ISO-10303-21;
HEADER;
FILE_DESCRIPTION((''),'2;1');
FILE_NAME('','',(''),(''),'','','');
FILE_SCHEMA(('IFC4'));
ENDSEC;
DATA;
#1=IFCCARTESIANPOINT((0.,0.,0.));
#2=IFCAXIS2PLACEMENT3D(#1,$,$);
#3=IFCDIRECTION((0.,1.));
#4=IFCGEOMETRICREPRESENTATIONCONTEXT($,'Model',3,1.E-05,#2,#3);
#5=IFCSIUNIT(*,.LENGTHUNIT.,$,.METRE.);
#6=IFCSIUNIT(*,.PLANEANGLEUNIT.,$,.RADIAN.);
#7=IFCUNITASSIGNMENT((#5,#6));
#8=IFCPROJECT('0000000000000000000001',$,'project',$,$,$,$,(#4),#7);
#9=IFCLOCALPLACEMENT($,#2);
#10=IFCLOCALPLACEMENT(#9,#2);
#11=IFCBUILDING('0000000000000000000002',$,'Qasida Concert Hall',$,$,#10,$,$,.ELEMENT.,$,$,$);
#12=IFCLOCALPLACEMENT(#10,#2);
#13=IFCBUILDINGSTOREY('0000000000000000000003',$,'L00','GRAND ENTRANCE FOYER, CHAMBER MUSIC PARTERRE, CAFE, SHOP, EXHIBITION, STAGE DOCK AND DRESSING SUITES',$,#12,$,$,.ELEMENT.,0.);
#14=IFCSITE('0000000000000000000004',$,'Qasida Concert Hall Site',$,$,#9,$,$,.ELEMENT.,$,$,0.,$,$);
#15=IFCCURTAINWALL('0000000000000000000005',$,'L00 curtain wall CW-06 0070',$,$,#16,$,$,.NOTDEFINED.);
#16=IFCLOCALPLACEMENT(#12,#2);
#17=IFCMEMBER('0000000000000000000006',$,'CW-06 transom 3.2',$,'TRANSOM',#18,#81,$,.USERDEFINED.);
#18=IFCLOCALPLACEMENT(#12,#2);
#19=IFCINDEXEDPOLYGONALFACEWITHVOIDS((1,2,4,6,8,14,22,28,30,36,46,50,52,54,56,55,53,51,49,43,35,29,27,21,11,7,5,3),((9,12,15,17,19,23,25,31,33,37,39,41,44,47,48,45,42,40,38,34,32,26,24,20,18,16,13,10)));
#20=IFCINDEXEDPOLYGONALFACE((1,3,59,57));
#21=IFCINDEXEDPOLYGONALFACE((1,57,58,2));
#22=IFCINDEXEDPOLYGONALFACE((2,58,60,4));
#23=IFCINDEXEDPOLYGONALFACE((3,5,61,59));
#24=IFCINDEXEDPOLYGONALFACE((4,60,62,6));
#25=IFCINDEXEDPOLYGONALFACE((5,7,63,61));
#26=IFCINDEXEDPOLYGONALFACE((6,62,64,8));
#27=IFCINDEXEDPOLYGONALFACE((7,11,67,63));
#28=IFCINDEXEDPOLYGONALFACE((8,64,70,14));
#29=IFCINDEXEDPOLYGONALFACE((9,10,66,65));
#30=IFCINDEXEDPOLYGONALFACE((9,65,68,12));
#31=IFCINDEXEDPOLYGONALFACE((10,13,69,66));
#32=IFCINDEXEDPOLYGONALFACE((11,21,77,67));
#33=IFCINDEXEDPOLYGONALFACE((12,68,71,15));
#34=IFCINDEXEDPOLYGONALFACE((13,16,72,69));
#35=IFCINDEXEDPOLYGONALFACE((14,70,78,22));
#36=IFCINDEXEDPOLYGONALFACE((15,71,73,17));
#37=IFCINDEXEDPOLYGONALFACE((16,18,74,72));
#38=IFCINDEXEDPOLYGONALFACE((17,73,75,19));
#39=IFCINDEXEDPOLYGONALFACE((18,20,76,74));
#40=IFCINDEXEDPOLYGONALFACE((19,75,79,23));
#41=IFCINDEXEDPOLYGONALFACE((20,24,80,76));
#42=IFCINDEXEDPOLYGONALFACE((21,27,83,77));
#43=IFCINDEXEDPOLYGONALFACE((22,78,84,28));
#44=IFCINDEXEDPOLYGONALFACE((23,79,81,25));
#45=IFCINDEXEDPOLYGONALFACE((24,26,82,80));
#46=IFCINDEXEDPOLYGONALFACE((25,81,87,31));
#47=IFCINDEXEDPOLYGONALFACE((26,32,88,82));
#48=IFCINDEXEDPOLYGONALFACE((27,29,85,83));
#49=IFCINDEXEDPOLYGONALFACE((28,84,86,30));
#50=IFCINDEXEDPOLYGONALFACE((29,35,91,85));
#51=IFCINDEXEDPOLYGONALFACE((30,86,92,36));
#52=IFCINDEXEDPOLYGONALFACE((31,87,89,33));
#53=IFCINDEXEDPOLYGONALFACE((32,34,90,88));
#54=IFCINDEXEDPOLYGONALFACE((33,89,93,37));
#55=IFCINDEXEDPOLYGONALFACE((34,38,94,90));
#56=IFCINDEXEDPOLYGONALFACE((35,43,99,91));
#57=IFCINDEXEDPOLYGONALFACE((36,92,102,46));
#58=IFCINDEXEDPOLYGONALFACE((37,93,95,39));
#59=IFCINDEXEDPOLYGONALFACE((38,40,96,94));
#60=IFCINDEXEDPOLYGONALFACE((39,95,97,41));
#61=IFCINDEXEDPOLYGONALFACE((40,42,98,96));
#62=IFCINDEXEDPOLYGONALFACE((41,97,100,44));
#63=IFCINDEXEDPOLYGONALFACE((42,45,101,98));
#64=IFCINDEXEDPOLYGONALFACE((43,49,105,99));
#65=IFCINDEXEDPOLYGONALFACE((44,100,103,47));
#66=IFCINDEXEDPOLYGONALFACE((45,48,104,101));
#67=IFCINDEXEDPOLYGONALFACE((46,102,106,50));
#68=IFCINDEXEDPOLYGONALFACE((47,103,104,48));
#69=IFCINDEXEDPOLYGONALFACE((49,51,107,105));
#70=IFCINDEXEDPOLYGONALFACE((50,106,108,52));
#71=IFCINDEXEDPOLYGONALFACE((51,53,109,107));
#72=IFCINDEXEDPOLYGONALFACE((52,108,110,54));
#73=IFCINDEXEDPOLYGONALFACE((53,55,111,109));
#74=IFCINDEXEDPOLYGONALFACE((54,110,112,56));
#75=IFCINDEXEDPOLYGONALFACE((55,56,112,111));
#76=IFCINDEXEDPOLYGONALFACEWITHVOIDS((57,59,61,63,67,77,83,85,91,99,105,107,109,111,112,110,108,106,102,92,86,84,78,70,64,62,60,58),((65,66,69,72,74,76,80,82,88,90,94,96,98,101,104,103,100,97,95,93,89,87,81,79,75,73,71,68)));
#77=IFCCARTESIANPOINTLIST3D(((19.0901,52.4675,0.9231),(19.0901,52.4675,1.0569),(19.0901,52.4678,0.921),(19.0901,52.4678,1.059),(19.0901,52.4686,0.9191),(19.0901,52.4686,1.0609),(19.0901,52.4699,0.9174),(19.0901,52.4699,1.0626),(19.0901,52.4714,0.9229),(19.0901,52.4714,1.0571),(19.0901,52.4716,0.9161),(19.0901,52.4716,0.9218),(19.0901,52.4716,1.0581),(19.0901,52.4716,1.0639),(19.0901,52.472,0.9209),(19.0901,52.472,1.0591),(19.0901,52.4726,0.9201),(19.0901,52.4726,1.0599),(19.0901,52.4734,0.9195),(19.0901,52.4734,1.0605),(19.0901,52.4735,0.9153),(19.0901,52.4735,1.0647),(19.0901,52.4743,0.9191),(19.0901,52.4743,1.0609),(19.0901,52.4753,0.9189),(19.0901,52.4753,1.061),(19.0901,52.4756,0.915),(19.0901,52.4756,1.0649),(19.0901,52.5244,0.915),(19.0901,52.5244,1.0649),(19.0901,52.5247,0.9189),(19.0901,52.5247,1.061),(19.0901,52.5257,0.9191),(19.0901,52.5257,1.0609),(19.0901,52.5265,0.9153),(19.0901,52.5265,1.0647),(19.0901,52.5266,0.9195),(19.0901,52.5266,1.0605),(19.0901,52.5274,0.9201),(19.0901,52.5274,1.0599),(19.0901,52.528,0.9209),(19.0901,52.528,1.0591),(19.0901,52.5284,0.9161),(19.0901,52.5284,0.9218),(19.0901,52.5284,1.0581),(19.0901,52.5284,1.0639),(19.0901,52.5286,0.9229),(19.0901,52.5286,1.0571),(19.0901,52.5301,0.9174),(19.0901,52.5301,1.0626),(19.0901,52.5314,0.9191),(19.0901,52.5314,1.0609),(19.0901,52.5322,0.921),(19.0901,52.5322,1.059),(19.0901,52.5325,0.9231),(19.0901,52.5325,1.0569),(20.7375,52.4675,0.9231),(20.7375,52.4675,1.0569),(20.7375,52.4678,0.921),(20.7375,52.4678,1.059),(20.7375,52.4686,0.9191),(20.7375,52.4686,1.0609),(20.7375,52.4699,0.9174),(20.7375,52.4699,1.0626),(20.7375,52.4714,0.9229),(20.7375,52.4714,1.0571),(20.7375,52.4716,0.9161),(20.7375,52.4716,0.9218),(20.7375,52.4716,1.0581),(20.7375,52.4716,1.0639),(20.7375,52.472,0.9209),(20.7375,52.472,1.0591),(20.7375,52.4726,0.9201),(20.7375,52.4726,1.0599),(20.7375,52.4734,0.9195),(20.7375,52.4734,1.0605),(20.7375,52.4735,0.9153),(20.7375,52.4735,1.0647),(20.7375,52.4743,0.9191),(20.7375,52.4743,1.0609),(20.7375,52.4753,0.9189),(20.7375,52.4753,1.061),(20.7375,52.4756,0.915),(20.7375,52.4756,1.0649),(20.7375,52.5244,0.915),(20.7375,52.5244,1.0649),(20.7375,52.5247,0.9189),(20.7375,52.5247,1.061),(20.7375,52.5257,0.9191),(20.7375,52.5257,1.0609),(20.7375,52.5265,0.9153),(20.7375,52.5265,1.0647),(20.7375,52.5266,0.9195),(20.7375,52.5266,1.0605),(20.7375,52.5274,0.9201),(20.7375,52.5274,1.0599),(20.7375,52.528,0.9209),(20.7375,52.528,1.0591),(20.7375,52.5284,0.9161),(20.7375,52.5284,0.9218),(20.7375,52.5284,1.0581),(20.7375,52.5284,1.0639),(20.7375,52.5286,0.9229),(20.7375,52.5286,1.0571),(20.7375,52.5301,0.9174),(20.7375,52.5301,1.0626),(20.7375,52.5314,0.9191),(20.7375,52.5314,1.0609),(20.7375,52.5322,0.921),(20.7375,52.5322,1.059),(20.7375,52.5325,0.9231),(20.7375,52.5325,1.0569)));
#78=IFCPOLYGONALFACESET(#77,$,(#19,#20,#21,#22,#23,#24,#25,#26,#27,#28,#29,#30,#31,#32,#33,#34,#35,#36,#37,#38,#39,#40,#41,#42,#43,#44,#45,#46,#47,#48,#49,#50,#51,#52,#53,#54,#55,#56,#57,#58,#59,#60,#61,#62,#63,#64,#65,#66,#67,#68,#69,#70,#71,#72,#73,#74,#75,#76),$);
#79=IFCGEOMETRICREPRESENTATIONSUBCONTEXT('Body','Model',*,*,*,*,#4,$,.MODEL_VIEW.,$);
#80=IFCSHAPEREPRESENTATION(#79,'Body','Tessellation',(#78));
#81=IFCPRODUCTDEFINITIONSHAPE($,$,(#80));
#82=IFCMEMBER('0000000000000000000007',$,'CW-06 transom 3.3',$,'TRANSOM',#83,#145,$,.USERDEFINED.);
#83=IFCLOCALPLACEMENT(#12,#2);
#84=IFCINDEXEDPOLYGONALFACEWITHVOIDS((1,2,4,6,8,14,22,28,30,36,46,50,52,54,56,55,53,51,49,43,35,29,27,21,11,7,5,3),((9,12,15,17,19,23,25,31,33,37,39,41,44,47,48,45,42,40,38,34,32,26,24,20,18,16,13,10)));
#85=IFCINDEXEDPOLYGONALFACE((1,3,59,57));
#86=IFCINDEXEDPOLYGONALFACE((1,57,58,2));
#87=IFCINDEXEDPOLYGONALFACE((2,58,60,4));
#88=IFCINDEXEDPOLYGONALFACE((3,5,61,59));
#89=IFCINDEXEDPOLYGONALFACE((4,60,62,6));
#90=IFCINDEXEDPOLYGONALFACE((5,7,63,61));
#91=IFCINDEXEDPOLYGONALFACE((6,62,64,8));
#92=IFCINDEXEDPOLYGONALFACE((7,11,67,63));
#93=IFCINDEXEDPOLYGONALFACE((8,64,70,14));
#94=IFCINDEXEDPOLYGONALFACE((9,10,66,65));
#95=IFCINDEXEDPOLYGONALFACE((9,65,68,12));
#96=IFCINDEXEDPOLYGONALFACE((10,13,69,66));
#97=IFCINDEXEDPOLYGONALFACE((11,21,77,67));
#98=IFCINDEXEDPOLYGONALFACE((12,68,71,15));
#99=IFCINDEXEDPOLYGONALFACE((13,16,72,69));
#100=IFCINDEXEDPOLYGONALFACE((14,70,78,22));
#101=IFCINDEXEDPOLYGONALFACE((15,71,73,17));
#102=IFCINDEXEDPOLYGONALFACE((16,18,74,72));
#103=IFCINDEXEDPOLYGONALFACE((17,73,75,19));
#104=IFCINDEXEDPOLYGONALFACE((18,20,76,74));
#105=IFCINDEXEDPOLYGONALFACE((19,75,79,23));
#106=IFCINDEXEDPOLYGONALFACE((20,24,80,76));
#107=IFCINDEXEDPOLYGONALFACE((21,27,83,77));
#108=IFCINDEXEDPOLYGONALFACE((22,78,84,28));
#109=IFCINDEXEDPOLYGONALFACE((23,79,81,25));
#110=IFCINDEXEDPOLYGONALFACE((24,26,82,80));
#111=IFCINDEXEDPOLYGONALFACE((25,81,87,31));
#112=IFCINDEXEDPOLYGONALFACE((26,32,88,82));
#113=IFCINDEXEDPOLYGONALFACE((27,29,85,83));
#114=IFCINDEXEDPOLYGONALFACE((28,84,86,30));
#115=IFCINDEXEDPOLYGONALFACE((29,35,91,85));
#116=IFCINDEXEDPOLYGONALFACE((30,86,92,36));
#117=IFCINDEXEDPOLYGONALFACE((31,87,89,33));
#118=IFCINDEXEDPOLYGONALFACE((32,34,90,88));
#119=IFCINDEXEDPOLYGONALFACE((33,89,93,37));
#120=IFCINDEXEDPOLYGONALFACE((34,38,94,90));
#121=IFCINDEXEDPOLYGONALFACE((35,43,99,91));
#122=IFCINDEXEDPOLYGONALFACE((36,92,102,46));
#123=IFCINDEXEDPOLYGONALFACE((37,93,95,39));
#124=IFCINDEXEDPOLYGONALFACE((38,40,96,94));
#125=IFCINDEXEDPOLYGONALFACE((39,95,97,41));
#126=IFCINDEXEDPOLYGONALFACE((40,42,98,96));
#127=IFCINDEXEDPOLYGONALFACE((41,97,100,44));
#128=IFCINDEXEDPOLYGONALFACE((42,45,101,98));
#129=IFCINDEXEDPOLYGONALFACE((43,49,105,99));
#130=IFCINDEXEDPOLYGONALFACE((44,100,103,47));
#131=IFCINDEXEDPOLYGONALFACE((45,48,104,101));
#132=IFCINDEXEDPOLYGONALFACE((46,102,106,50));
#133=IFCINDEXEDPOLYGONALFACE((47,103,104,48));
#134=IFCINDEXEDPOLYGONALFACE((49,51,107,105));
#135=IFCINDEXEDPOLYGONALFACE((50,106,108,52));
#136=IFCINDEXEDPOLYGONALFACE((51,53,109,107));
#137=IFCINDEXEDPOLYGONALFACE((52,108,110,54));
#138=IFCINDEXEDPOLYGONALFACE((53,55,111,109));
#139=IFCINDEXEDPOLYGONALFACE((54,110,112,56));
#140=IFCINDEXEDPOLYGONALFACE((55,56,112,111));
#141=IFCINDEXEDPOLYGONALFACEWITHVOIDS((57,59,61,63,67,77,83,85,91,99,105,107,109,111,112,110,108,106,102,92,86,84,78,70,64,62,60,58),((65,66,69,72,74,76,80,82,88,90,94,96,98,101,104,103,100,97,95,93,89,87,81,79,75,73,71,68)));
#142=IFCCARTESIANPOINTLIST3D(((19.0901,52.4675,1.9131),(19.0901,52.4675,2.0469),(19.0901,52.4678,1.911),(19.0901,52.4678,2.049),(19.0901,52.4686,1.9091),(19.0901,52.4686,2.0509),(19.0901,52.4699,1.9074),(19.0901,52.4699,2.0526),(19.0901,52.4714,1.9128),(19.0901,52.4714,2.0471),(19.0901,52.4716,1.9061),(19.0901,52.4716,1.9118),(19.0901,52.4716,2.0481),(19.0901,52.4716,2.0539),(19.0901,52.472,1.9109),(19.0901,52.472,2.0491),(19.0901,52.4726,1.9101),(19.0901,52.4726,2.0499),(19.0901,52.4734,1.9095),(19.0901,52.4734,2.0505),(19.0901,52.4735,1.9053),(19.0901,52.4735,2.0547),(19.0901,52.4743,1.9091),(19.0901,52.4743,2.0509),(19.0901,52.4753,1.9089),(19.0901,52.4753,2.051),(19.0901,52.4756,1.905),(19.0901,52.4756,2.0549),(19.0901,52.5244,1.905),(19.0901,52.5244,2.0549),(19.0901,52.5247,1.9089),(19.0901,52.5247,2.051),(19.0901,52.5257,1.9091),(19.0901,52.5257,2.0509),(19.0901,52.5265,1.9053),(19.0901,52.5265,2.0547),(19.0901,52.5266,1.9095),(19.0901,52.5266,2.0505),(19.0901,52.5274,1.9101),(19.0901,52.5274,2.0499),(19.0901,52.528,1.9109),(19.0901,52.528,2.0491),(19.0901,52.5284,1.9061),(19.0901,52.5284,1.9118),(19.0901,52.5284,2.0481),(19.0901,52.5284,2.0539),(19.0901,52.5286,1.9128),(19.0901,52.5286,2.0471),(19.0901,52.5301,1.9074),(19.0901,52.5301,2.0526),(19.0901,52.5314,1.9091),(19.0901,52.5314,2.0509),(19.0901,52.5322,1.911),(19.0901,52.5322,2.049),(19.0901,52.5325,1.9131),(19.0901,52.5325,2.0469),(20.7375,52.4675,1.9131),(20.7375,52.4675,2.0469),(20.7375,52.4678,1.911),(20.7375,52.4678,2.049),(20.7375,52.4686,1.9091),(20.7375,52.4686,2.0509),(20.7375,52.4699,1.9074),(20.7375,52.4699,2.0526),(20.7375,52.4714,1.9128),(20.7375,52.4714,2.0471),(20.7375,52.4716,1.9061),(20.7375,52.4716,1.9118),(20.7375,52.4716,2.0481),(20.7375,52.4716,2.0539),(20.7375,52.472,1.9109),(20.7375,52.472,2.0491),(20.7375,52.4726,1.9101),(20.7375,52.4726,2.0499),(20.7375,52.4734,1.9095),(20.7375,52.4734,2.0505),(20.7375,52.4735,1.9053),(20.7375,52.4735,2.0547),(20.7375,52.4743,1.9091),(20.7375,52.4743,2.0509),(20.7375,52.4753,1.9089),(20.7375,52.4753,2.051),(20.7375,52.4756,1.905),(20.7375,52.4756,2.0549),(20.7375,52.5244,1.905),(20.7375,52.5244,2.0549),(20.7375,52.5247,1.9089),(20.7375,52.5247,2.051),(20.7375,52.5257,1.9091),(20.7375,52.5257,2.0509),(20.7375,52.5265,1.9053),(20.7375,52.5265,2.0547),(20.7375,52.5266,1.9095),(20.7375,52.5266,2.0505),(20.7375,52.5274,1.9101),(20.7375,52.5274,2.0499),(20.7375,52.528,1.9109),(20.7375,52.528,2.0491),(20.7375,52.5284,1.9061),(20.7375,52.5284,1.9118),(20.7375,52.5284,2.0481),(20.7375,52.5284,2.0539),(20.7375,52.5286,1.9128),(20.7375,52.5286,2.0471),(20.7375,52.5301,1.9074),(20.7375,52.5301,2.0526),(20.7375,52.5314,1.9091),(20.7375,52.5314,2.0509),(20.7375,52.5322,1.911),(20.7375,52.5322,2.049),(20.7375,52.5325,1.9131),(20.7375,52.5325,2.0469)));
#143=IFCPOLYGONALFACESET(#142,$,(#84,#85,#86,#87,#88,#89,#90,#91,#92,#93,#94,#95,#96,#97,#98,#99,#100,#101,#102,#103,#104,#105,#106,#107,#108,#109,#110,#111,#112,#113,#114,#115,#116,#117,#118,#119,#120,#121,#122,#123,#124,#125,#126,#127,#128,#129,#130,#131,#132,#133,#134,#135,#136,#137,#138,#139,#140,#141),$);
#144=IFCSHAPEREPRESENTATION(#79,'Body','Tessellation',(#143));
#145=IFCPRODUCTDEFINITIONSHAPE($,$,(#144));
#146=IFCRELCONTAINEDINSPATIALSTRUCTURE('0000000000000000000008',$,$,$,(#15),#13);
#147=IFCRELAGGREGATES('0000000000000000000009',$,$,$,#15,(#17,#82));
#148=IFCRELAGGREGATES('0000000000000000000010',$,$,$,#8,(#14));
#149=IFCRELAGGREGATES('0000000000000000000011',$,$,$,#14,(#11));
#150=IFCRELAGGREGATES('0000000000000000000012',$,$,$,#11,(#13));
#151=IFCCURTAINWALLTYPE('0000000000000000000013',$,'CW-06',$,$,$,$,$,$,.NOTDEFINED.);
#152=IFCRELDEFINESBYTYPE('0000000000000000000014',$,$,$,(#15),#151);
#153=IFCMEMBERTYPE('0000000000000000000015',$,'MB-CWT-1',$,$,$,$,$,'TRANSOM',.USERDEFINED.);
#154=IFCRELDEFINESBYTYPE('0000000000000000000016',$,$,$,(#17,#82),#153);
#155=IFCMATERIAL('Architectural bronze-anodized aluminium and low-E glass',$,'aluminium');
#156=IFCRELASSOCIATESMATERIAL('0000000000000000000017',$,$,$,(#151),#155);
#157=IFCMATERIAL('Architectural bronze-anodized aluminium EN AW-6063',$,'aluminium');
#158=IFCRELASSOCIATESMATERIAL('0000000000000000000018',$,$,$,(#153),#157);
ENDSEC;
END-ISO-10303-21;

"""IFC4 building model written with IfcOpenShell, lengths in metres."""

from ifc_helpers import new_model, si_unit, direction, frame, origin, origin_2d, place, context, subcontext, project, spatial, hollow_rectangle, extrude, material, material_profile, profile_set, type_object, element, aggregate, save


model = new_model("IFC4")

# Units and contexts
model_context = context("Model", 3, precision=1e-05, world=origin(), true_north=direction((0.0, 1.0)))
body_context = subcontext(model_context, "Body", "Model", "MODEL_VIEW")
ifc_project = project(units=[si_unit("LENGTHUNIT", "METRE"), si_unit("PLANEANGLEUNIT", "RADIAN")], contexts=[model_context])

# Site, building, storey
site_placement = place(None, origin())
site = spatial("IfcSite", under=ifc_project, at=site_placement, Name="Qasida Concert Hall Site", CompositionType="ELEMENT", RefElevation=0.0)
building_placement = place(site_placement, origin())
building = spatial("IfcBuilding", under=site, at=building_placement, Name="Qasida Concert Hall", CompositionType="ELEMENT")
storey_placement = place(building_placement, origin())
storey = spatial("IfcBuildingStorey", under=building, at=storey_placement, Name="L00", Description="GRAND ENTRANCE FOYER, CHAMBER MUSIC PARTERRE, CAFE, SHOP, EXHIBITION, STAGE DOCK AND DRESSING SUITES", CompositionType="ELEMENT", Elevation=0.0)

# Curtain wall, members
ifc_material_1 = material(Name="Architectural bronze-anodized aluminium and low-E glass", Category="aluminium")
curtain_wall_type = type_object("IfcCurtainWallType", Name="CW-06", PredefinedType="NOTDEFINED", material=ifc_material_1)
curtain_wall_placement = place(storey_placement, origin())
curtain_wall = element("IfcCurtainWall", 1, at=curtain_wall_placement, inside=storey, type_object=curtain_wall_type, Name="L00 curtain wall CW-06 0070", PredefinedType="NOTDEFINED")
ifc_material_2 = material(Name="Architectural bronze-anodized aluminium EN AW-6063", Category="aluminium")
ifc_material_profile_1 = material_profile(ifc_material_2, hollow_rectangle(XDim=0.0649, YDim=0.1499, WallThickness=0.0039, InnerFilletRadius=0.0039, OuterFilletRadius=0.0081, at=origin_2d()), Name="CWT 150x65x4")
ifc_profile_set_1 = profile_set([ifc_material_profile_1], Name="Architectural bronze-anodized aluminium EN AW-6063")
member_type_1 = type_object("IfcMemberType", Name="MB-CWT-1", ElementType="TRANSOM", PredefinedType="USERDEFINED", material=ifc_profile_set_1)
member_1_placement = place(storey_placement, frame((19.0901, 52.5, 0.99), z_axis=(1.0, 0.0, 0.0), x_axis=(0.0, 1.0, 0.0)))
member_1 = element("IfcMember", 2, at=member_1_placement, type_object=member_type_1, Name="CW-06 transom 3.2", ObjectType="TRANSOM", PredefinedType="USERDEFINED", context=body_context, shape_type="SweptSolid", body=[
    extrude(hollow_rectangle(XDim=0.0649, YDim=0.1499, WallThickness=0.0039, InnerFilletRadius=0.0039, OuterFilletRadius=0.0081, at=origin_2d()), origin(), (0.0, 0.0, 1.0), 1.6475),
])
member_2_placement = place(storey_placement, frame((19.0901, 52.5, 1.98), z_axis=(1.0, 0.0, 0.0), x_axis=(0.0, 1.0, 0.0)))
member_2 = element("IfcMember", 3, at=member_2_placement, type_object=member_type_1, Name="CW-06 transom 3.3", ObjectType="TRANSOM", PredefinedType="USERDEFINED", context=body_context, shape_type="SweptSolid", body=[
    extrude(hollow_rectangle(XDim=0.0649, YDim=0.1499, WallThickness=0.0039, InnerFilletRadius=0.0039, OuterFilletRadius=0.0081, at=origin_2d()), origin(), (0.0, 0.0, 1.0), 1.6475),
])
aggregate(curtain_wall, [member_1, member_2])

save(model, "model.ifc")
